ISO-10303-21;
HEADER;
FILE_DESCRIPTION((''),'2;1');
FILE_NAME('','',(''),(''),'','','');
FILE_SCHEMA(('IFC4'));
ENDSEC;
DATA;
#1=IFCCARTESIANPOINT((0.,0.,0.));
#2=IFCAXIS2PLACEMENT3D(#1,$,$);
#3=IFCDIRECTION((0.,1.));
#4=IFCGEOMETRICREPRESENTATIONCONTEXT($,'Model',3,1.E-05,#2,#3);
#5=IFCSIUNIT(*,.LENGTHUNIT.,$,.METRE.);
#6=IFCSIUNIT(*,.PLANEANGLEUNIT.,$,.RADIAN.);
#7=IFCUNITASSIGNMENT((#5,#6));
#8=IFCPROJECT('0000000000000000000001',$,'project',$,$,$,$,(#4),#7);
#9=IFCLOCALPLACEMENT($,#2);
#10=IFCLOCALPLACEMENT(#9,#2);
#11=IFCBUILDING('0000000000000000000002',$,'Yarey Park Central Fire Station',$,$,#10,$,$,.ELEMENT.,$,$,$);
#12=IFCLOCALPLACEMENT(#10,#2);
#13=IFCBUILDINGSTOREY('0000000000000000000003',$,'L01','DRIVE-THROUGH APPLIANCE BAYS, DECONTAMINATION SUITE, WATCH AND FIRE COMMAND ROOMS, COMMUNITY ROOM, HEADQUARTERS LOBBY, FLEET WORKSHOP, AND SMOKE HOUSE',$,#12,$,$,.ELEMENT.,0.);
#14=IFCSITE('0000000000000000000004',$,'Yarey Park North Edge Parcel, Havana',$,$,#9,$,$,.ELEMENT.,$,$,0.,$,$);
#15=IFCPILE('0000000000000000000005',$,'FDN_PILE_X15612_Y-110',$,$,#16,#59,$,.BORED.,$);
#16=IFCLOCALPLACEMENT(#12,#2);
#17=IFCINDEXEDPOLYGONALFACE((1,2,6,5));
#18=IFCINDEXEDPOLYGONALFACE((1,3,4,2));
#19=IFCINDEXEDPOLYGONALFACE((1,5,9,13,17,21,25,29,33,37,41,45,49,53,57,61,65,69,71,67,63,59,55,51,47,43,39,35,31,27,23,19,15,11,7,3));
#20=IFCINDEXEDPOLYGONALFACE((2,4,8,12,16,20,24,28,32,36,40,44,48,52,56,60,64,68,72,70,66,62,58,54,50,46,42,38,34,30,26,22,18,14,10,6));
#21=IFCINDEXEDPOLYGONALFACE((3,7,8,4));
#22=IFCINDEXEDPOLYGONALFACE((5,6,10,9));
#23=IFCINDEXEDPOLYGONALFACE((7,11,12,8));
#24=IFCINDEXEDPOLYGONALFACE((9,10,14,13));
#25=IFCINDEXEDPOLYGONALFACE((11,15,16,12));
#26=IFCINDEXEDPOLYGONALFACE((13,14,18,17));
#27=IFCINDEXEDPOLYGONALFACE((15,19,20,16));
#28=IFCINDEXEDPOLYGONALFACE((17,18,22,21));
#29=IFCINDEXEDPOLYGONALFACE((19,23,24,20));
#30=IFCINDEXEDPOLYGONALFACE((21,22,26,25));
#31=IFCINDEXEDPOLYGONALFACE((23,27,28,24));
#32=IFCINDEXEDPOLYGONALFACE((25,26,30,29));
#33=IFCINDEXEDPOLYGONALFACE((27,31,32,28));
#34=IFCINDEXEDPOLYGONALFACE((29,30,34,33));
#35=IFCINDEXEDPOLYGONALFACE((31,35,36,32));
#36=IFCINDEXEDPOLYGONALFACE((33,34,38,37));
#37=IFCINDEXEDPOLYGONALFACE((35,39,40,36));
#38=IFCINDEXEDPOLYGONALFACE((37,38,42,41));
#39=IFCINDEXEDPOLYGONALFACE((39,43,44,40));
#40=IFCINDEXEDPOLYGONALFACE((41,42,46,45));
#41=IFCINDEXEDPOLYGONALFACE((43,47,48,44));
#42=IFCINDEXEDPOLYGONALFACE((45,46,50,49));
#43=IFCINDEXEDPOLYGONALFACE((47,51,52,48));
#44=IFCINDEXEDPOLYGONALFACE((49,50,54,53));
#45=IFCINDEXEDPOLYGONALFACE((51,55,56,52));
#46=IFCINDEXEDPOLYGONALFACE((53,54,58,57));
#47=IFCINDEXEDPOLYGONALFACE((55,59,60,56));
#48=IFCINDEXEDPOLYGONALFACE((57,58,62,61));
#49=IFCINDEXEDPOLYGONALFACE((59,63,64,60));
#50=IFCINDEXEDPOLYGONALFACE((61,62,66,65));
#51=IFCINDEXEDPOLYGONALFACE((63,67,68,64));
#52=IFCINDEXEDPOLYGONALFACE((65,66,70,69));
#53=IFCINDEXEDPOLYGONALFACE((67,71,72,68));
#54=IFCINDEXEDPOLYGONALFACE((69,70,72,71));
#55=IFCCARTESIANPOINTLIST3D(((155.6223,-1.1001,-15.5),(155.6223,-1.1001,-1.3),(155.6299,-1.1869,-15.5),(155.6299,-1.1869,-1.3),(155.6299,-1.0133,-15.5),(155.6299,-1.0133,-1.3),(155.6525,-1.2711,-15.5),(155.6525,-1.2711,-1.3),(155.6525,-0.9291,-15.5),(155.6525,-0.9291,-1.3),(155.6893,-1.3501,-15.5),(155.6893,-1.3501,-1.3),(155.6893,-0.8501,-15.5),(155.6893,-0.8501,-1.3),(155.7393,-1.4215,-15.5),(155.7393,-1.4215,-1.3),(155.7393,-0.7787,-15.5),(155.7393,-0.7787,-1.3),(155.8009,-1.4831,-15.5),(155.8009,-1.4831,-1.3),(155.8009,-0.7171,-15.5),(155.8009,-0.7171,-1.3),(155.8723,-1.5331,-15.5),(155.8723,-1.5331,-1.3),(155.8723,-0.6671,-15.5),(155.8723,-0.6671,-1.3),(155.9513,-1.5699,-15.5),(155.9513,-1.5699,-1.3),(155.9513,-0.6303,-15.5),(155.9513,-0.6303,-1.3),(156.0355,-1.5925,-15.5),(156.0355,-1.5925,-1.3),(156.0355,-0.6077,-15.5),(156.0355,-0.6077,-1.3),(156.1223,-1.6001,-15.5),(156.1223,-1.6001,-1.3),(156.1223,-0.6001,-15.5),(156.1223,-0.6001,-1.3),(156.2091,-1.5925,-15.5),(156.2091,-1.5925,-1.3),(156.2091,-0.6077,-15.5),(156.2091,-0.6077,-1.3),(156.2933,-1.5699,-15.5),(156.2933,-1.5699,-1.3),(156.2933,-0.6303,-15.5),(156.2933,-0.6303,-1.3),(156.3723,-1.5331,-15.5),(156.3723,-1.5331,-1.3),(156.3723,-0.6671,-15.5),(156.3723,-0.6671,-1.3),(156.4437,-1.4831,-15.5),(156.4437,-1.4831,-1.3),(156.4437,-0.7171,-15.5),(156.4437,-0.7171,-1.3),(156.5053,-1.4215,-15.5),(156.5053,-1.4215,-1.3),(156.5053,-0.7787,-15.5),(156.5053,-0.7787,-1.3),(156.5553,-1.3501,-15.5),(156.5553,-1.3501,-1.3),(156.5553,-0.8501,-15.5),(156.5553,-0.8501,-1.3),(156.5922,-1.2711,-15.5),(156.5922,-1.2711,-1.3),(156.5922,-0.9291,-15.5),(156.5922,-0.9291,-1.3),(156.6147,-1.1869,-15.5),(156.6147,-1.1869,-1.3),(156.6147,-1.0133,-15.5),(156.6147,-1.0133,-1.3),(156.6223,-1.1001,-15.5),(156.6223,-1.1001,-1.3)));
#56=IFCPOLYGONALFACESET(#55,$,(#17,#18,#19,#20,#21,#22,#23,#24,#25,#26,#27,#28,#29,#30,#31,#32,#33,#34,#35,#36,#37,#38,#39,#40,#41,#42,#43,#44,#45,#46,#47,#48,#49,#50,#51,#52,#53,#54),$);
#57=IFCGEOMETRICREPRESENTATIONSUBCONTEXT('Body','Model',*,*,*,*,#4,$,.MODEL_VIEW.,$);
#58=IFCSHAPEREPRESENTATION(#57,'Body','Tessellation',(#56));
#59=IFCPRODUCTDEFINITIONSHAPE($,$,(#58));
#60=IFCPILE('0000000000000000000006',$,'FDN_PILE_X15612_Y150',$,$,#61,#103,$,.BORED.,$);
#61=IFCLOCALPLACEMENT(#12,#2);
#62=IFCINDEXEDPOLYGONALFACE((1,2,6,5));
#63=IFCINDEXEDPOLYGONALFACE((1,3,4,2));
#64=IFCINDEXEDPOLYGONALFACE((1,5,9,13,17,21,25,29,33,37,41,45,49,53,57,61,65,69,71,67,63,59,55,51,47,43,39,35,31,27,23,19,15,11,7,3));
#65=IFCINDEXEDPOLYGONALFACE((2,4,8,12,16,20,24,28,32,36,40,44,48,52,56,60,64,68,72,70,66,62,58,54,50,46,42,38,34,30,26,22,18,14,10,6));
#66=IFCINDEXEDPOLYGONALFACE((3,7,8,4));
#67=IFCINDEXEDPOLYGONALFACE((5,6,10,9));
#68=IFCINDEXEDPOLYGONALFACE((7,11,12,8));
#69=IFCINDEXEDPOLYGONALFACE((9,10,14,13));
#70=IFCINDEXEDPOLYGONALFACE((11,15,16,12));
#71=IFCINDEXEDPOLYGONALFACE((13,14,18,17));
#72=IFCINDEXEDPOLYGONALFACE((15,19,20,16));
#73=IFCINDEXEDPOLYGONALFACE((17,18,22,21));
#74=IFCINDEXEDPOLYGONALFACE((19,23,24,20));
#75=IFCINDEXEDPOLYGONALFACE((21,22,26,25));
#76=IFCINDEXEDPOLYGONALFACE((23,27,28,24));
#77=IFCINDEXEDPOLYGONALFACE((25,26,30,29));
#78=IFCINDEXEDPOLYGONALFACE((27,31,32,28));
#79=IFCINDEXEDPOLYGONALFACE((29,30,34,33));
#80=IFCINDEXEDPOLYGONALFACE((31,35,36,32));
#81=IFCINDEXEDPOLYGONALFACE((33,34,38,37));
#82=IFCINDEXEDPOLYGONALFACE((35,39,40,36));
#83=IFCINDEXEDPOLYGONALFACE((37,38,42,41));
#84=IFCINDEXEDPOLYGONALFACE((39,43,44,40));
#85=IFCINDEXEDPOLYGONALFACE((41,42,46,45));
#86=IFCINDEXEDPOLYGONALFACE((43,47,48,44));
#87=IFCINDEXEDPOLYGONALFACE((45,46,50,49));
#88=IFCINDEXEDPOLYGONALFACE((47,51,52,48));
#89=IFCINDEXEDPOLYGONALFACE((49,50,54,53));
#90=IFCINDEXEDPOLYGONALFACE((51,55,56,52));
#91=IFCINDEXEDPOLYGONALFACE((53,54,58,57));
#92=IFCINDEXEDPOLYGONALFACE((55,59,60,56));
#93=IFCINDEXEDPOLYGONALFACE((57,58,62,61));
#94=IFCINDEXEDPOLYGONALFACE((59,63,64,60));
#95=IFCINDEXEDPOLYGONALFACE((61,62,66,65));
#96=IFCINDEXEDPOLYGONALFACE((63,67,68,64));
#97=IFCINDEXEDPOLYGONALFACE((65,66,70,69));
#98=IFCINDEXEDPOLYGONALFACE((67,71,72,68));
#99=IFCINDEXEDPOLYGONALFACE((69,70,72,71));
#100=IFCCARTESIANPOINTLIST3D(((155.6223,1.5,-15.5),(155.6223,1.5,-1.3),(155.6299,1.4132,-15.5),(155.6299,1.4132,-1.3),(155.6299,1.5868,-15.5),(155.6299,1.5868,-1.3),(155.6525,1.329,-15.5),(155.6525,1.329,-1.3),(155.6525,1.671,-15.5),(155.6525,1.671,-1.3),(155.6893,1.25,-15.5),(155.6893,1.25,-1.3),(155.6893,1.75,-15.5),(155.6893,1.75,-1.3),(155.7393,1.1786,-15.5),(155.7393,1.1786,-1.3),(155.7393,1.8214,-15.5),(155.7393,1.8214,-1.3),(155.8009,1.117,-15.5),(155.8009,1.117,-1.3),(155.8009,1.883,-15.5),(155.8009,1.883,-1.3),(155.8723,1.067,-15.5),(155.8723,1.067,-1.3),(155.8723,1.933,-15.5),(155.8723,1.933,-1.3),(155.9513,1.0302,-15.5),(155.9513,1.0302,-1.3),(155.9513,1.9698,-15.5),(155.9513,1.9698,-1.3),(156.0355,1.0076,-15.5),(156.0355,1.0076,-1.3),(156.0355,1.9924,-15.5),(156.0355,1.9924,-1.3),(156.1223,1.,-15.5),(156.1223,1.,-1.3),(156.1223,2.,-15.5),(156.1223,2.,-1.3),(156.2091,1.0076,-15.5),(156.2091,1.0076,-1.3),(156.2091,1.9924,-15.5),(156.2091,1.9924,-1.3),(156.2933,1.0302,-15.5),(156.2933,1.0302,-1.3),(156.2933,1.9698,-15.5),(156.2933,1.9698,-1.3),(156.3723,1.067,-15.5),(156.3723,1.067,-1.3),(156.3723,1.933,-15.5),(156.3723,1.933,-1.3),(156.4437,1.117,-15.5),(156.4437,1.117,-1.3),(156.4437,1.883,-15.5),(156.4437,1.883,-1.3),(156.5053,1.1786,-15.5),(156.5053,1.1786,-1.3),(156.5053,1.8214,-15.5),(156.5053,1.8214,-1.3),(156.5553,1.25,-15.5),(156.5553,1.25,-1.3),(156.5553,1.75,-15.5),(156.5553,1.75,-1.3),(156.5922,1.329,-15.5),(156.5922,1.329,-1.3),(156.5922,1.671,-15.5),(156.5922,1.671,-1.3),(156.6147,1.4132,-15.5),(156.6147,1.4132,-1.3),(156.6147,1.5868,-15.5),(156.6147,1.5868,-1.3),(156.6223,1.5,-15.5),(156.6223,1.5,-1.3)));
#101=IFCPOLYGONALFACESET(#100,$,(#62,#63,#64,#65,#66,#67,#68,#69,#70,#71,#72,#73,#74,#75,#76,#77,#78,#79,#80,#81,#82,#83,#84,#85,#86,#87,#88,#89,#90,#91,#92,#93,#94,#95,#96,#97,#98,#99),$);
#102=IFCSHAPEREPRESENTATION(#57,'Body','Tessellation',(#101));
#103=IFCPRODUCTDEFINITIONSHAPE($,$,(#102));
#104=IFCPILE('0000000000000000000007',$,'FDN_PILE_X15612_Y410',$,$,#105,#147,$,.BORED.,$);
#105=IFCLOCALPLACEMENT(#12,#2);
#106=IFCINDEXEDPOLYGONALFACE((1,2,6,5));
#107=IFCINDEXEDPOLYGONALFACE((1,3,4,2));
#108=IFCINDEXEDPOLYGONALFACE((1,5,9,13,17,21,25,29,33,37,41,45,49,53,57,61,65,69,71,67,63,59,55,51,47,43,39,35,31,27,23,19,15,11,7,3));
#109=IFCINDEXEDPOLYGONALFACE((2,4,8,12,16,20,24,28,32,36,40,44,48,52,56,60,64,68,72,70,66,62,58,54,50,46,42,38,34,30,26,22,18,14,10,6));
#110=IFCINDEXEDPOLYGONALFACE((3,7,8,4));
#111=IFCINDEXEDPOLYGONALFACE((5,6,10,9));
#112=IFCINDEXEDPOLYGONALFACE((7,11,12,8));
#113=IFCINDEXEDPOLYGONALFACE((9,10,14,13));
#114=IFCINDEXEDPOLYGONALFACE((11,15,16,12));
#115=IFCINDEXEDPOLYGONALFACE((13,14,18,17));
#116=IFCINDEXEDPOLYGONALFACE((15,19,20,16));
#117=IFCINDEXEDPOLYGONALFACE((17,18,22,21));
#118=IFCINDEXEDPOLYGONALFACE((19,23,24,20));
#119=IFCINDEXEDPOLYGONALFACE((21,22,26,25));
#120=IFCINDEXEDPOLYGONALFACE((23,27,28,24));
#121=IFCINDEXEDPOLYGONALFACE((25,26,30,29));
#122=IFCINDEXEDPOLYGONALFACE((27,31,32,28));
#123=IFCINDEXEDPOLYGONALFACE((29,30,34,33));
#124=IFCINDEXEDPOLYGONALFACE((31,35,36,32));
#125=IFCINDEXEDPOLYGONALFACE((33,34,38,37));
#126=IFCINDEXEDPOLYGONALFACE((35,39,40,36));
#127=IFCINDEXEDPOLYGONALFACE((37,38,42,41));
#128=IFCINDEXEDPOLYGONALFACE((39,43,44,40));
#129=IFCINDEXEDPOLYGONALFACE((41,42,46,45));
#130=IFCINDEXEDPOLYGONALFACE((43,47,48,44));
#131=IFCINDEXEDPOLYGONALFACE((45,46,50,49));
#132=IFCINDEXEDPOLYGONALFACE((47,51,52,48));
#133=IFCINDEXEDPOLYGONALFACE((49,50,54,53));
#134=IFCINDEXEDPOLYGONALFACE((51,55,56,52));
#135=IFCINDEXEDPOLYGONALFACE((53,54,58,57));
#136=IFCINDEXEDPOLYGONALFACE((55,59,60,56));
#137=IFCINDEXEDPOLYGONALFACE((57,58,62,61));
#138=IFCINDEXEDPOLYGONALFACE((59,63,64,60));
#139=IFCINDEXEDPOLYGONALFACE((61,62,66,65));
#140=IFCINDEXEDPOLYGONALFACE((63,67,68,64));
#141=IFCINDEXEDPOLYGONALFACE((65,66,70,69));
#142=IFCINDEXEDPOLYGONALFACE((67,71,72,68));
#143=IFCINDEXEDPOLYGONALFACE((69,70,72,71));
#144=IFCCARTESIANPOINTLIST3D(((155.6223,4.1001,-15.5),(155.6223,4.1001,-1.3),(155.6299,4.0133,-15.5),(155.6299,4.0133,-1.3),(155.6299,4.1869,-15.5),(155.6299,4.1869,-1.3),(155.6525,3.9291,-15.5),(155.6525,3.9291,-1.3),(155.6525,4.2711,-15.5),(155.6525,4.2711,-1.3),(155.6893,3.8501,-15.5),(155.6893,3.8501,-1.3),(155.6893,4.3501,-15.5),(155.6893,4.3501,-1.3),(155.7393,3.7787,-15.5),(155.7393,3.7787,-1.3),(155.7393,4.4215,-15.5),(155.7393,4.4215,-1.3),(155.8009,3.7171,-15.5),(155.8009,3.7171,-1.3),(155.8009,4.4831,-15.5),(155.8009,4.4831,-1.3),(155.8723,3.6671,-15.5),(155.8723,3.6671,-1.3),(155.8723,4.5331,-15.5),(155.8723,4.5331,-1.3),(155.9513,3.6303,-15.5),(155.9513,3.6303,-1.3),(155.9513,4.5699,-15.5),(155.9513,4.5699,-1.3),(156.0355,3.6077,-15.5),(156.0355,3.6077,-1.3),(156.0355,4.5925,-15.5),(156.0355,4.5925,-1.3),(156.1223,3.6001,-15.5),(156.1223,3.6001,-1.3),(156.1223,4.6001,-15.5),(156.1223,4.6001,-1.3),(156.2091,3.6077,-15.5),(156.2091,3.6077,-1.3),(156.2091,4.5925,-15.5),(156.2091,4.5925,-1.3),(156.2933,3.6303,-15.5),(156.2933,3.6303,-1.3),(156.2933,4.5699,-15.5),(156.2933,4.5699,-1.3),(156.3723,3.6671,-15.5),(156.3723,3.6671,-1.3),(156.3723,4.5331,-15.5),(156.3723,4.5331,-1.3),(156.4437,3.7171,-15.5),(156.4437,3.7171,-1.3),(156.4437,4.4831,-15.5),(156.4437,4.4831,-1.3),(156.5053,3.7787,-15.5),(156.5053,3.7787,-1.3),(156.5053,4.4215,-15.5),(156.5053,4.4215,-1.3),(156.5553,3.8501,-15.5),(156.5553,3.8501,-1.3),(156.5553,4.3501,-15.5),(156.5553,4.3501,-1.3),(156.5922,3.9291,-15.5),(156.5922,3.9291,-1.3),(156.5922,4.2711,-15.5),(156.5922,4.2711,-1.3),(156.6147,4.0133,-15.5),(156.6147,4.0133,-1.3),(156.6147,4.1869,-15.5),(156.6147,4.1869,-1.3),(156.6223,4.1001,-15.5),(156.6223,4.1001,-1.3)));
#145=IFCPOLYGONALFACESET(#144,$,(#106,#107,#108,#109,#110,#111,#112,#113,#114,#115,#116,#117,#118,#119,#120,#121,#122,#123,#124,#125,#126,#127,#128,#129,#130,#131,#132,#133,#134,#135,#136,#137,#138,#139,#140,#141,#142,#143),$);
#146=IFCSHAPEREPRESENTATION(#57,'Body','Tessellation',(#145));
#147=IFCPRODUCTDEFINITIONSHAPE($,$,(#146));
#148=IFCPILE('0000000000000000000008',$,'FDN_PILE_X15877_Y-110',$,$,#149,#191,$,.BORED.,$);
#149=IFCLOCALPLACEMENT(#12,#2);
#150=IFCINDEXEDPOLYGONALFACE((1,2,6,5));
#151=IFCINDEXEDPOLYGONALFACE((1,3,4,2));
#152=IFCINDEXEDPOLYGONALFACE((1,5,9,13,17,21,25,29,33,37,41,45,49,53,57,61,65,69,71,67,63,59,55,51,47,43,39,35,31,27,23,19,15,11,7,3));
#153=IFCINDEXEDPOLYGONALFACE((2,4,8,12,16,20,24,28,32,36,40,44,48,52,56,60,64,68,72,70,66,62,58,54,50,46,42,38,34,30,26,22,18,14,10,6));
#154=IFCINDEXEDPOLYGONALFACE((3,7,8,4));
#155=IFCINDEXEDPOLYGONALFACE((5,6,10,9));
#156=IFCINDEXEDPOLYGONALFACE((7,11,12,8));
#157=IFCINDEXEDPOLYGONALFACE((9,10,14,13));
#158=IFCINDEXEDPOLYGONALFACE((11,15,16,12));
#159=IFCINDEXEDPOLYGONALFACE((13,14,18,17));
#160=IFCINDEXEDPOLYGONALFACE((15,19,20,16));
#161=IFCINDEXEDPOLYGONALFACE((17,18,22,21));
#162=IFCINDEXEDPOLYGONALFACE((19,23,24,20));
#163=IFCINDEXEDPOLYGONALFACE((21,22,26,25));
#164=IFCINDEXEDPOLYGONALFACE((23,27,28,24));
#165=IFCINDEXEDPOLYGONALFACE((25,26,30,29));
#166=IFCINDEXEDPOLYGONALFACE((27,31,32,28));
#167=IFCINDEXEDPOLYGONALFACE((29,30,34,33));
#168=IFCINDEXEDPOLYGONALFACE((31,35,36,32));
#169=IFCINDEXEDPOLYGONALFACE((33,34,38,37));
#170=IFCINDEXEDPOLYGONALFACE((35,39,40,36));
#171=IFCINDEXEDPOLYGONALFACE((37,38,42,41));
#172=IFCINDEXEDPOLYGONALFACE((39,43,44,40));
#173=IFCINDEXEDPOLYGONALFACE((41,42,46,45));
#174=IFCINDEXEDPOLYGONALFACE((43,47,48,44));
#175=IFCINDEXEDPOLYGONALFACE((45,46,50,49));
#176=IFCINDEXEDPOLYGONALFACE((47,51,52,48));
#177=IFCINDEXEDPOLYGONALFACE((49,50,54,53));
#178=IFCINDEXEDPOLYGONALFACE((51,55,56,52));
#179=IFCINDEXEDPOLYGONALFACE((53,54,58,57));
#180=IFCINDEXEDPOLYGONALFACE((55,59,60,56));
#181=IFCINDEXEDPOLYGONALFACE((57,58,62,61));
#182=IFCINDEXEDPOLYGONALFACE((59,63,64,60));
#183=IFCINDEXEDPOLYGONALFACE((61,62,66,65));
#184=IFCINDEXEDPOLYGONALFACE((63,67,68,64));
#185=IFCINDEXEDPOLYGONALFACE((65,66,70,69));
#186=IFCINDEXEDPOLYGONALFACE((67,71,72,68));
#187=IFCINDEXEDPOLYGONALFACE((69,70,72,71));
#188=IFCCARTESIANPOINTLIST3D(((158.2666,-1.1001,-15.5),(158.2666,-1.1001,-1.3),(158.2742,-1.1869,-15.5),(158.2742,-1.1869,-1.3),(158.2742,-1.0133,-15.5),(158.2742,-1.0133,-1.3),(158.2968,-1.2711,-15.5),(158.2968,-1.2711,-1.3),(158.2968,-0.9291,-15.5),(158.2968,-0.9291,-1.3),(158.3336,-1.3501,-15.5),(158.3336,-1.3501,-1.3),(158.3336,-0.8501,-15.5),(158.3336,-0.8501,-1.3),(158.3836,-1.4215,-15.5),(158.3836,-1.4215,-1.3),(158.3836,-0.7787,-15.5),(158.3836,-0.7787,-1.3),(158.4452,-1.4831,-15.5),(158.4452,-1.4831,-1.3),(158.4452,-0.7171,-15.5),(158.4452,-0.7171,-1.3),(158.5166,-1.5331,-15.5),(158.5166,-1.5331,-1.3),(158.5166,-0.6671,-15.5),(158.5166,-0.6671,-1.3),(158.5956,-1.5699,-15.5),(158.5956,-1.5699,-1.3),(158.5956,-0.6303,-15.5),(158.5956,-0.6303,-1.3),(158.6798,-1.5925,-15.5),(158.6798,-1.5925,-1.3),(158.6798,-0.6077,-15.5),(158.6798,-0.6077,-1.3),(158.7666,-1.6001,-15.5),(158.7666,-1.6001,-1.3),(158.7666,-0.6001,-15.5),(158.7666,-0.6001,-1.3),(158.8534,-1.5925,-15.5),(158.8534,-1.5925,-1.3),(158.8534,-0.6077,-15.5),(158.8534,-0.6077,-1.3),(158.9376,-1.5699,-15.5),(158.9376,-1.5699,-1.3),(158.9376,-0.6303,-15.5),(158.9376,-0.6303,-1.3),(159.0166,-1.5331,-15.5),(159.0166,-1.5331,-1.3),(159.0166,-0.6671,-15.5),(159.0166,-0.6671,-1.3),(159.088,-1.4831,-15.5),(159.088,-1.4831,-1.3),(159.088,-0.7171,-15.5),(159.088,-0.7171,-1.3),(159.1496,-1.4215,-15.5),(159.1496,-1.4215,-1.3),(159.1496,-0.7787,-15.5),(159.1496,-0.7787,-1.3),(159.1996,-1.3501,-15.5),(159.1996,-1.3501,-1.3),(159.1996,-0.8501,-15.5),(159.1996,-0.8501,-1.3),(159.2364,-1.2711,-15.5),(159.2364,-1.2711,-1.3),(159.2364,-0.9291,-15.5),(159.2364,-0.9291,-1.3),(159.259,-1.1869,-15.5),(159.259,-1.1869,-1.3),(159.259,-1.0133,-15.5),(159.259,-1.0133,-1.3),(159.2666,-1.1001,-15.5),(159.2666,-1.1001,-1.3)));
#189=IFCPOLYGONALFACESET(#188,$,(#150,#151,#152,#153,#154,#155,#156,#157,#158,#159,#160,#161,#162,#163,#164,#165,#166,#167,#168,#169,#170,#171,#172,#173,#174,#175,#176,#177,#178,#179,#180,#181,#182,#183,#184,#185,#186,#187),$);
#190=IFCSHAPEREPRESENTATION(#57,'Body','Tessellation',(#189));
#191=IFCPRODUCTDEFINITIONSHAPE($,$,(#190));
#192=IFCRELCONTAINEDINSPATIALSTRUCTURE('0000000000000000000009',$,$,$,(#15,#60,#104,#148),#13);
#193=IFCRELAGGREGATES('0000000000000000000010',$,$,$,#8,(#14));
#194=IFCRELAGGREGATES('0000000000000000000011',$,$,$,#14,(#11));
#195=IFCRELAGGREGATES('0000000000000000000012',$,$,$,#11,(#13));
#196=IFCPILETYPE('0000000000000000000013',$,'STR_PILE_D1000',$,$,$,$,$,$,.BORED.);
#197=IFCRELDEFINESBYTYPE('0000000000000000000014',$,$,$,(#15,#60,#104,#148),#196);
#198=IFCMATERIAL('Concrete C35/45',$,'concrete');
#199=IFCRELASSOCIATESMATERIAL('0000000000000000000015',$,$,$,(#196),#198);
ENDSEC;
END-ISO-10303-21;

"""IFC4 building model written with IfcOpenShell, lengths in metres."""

from ifc_helpers import new_model, si_unit, direction, frame, origin, origin_2d, place, context, subcontext, project, spatial, circle, extrude, material, material_profile, profile_set, type_object, element, save


model = new_model("IFC4")

# Units and contexts
model_context = context("Model", 3, precision=1e-05, world=origin(), true_north=direction((0.0, 1.0)))
body_context = subcontext(model_context, "Body", "Model", "MODEL_VIEW")
ifc_project = project(units=[si_unit("LENGTHUNIT", "METRE"), si_unit("PLANEANGLEUNIT", "RADIAN")], contexts=[model_context])

# Site, building, storey
site_placement = place(None, origin())
site = spatial("IfcSite", under=ifc_project, at=site_placement, Name="Yarey Park North Edge Parcel, Havana", CompositionType="ELEMENT", RefElevation=0.0)
building_placement = place(site_placement, origin())
building = spatial("IfcBuilding", under=site, at=building_placement, Name="Yarey Park Central Fire Station", CompositionType="ELEMENT")
storey_placement = place(building_placement, origin())
storey = spatial("IfcBuildingStorey", under=building, at=storey_placement, Name="L01", Description="DRIVE-THROUGH APPLIANCE BAYS, DECONTAMINATION SUITE, WATCH AND FIRE COMMAND ROOMS, COMMUNITY ROOM, HEADQUARTERS LOBBY, FLEET WORKSHOP, AND SMOKE HOUSE", CompositionType="ELEMENT", Elevation=0.0)

# Piles
ifc_material_1 = material(Name="Concrete C35/45", Category="concrete")
ifc_material_profile_1 = material_profile(ifc_material_1, circle(Radius=0.5, at=origin_2d()), Name="BORED PILE D1000")
ifc_profile_set_1 = profile_set([ifc_material_profile_1], Name="Concrete C35/45")
pile_type = type_object("IfcPileType", Name="STR_PILE_D1000", PredefinedType="BORED", material=ifc_profile_set_1)
for number, where, z_axis, x_axis, name in (
    (1, (156.1223, -1.1001, -1.3), (0.0, 0.0, -1.0), (1.0, 0.0, 0.0), "FDN_PILE_X15612_Y-110"),
    (2, (156.1223, 1.5, -1.3), (0.0, 0.0, -1.0), (1.0, 0.0, 0.0), "FDN_PILE_X15612_Y150"),
    (3, (156.1223, 4.1001, -1.3), (0.0, 0.0, -1.0), (1.0, 0.0, 0.0), "FDN_PILE_X15612_Y410"),
    (4, (158.7666, -1.1001, -1.3), (0.0, 0.0, -1.0), (1.0, 0.0, 0.0), "FDN_PILE_X15877_Y-110"),
):
    element("IfcPile", number, at=place(storey_placement, frame(where, z_axis=z_axis, x_axis=x_axis)), inside=storey, type_object=pile_type, Name=name, PredefinedType="BORED", context=body_context, shape_type="SweptSolid", body=[
        extrude(circle(Radius=0.5, at=origin_2d()), origin(), (0.0, 0.0, 1.0), 14.2),
    ])

save(model, "model.ifc")
